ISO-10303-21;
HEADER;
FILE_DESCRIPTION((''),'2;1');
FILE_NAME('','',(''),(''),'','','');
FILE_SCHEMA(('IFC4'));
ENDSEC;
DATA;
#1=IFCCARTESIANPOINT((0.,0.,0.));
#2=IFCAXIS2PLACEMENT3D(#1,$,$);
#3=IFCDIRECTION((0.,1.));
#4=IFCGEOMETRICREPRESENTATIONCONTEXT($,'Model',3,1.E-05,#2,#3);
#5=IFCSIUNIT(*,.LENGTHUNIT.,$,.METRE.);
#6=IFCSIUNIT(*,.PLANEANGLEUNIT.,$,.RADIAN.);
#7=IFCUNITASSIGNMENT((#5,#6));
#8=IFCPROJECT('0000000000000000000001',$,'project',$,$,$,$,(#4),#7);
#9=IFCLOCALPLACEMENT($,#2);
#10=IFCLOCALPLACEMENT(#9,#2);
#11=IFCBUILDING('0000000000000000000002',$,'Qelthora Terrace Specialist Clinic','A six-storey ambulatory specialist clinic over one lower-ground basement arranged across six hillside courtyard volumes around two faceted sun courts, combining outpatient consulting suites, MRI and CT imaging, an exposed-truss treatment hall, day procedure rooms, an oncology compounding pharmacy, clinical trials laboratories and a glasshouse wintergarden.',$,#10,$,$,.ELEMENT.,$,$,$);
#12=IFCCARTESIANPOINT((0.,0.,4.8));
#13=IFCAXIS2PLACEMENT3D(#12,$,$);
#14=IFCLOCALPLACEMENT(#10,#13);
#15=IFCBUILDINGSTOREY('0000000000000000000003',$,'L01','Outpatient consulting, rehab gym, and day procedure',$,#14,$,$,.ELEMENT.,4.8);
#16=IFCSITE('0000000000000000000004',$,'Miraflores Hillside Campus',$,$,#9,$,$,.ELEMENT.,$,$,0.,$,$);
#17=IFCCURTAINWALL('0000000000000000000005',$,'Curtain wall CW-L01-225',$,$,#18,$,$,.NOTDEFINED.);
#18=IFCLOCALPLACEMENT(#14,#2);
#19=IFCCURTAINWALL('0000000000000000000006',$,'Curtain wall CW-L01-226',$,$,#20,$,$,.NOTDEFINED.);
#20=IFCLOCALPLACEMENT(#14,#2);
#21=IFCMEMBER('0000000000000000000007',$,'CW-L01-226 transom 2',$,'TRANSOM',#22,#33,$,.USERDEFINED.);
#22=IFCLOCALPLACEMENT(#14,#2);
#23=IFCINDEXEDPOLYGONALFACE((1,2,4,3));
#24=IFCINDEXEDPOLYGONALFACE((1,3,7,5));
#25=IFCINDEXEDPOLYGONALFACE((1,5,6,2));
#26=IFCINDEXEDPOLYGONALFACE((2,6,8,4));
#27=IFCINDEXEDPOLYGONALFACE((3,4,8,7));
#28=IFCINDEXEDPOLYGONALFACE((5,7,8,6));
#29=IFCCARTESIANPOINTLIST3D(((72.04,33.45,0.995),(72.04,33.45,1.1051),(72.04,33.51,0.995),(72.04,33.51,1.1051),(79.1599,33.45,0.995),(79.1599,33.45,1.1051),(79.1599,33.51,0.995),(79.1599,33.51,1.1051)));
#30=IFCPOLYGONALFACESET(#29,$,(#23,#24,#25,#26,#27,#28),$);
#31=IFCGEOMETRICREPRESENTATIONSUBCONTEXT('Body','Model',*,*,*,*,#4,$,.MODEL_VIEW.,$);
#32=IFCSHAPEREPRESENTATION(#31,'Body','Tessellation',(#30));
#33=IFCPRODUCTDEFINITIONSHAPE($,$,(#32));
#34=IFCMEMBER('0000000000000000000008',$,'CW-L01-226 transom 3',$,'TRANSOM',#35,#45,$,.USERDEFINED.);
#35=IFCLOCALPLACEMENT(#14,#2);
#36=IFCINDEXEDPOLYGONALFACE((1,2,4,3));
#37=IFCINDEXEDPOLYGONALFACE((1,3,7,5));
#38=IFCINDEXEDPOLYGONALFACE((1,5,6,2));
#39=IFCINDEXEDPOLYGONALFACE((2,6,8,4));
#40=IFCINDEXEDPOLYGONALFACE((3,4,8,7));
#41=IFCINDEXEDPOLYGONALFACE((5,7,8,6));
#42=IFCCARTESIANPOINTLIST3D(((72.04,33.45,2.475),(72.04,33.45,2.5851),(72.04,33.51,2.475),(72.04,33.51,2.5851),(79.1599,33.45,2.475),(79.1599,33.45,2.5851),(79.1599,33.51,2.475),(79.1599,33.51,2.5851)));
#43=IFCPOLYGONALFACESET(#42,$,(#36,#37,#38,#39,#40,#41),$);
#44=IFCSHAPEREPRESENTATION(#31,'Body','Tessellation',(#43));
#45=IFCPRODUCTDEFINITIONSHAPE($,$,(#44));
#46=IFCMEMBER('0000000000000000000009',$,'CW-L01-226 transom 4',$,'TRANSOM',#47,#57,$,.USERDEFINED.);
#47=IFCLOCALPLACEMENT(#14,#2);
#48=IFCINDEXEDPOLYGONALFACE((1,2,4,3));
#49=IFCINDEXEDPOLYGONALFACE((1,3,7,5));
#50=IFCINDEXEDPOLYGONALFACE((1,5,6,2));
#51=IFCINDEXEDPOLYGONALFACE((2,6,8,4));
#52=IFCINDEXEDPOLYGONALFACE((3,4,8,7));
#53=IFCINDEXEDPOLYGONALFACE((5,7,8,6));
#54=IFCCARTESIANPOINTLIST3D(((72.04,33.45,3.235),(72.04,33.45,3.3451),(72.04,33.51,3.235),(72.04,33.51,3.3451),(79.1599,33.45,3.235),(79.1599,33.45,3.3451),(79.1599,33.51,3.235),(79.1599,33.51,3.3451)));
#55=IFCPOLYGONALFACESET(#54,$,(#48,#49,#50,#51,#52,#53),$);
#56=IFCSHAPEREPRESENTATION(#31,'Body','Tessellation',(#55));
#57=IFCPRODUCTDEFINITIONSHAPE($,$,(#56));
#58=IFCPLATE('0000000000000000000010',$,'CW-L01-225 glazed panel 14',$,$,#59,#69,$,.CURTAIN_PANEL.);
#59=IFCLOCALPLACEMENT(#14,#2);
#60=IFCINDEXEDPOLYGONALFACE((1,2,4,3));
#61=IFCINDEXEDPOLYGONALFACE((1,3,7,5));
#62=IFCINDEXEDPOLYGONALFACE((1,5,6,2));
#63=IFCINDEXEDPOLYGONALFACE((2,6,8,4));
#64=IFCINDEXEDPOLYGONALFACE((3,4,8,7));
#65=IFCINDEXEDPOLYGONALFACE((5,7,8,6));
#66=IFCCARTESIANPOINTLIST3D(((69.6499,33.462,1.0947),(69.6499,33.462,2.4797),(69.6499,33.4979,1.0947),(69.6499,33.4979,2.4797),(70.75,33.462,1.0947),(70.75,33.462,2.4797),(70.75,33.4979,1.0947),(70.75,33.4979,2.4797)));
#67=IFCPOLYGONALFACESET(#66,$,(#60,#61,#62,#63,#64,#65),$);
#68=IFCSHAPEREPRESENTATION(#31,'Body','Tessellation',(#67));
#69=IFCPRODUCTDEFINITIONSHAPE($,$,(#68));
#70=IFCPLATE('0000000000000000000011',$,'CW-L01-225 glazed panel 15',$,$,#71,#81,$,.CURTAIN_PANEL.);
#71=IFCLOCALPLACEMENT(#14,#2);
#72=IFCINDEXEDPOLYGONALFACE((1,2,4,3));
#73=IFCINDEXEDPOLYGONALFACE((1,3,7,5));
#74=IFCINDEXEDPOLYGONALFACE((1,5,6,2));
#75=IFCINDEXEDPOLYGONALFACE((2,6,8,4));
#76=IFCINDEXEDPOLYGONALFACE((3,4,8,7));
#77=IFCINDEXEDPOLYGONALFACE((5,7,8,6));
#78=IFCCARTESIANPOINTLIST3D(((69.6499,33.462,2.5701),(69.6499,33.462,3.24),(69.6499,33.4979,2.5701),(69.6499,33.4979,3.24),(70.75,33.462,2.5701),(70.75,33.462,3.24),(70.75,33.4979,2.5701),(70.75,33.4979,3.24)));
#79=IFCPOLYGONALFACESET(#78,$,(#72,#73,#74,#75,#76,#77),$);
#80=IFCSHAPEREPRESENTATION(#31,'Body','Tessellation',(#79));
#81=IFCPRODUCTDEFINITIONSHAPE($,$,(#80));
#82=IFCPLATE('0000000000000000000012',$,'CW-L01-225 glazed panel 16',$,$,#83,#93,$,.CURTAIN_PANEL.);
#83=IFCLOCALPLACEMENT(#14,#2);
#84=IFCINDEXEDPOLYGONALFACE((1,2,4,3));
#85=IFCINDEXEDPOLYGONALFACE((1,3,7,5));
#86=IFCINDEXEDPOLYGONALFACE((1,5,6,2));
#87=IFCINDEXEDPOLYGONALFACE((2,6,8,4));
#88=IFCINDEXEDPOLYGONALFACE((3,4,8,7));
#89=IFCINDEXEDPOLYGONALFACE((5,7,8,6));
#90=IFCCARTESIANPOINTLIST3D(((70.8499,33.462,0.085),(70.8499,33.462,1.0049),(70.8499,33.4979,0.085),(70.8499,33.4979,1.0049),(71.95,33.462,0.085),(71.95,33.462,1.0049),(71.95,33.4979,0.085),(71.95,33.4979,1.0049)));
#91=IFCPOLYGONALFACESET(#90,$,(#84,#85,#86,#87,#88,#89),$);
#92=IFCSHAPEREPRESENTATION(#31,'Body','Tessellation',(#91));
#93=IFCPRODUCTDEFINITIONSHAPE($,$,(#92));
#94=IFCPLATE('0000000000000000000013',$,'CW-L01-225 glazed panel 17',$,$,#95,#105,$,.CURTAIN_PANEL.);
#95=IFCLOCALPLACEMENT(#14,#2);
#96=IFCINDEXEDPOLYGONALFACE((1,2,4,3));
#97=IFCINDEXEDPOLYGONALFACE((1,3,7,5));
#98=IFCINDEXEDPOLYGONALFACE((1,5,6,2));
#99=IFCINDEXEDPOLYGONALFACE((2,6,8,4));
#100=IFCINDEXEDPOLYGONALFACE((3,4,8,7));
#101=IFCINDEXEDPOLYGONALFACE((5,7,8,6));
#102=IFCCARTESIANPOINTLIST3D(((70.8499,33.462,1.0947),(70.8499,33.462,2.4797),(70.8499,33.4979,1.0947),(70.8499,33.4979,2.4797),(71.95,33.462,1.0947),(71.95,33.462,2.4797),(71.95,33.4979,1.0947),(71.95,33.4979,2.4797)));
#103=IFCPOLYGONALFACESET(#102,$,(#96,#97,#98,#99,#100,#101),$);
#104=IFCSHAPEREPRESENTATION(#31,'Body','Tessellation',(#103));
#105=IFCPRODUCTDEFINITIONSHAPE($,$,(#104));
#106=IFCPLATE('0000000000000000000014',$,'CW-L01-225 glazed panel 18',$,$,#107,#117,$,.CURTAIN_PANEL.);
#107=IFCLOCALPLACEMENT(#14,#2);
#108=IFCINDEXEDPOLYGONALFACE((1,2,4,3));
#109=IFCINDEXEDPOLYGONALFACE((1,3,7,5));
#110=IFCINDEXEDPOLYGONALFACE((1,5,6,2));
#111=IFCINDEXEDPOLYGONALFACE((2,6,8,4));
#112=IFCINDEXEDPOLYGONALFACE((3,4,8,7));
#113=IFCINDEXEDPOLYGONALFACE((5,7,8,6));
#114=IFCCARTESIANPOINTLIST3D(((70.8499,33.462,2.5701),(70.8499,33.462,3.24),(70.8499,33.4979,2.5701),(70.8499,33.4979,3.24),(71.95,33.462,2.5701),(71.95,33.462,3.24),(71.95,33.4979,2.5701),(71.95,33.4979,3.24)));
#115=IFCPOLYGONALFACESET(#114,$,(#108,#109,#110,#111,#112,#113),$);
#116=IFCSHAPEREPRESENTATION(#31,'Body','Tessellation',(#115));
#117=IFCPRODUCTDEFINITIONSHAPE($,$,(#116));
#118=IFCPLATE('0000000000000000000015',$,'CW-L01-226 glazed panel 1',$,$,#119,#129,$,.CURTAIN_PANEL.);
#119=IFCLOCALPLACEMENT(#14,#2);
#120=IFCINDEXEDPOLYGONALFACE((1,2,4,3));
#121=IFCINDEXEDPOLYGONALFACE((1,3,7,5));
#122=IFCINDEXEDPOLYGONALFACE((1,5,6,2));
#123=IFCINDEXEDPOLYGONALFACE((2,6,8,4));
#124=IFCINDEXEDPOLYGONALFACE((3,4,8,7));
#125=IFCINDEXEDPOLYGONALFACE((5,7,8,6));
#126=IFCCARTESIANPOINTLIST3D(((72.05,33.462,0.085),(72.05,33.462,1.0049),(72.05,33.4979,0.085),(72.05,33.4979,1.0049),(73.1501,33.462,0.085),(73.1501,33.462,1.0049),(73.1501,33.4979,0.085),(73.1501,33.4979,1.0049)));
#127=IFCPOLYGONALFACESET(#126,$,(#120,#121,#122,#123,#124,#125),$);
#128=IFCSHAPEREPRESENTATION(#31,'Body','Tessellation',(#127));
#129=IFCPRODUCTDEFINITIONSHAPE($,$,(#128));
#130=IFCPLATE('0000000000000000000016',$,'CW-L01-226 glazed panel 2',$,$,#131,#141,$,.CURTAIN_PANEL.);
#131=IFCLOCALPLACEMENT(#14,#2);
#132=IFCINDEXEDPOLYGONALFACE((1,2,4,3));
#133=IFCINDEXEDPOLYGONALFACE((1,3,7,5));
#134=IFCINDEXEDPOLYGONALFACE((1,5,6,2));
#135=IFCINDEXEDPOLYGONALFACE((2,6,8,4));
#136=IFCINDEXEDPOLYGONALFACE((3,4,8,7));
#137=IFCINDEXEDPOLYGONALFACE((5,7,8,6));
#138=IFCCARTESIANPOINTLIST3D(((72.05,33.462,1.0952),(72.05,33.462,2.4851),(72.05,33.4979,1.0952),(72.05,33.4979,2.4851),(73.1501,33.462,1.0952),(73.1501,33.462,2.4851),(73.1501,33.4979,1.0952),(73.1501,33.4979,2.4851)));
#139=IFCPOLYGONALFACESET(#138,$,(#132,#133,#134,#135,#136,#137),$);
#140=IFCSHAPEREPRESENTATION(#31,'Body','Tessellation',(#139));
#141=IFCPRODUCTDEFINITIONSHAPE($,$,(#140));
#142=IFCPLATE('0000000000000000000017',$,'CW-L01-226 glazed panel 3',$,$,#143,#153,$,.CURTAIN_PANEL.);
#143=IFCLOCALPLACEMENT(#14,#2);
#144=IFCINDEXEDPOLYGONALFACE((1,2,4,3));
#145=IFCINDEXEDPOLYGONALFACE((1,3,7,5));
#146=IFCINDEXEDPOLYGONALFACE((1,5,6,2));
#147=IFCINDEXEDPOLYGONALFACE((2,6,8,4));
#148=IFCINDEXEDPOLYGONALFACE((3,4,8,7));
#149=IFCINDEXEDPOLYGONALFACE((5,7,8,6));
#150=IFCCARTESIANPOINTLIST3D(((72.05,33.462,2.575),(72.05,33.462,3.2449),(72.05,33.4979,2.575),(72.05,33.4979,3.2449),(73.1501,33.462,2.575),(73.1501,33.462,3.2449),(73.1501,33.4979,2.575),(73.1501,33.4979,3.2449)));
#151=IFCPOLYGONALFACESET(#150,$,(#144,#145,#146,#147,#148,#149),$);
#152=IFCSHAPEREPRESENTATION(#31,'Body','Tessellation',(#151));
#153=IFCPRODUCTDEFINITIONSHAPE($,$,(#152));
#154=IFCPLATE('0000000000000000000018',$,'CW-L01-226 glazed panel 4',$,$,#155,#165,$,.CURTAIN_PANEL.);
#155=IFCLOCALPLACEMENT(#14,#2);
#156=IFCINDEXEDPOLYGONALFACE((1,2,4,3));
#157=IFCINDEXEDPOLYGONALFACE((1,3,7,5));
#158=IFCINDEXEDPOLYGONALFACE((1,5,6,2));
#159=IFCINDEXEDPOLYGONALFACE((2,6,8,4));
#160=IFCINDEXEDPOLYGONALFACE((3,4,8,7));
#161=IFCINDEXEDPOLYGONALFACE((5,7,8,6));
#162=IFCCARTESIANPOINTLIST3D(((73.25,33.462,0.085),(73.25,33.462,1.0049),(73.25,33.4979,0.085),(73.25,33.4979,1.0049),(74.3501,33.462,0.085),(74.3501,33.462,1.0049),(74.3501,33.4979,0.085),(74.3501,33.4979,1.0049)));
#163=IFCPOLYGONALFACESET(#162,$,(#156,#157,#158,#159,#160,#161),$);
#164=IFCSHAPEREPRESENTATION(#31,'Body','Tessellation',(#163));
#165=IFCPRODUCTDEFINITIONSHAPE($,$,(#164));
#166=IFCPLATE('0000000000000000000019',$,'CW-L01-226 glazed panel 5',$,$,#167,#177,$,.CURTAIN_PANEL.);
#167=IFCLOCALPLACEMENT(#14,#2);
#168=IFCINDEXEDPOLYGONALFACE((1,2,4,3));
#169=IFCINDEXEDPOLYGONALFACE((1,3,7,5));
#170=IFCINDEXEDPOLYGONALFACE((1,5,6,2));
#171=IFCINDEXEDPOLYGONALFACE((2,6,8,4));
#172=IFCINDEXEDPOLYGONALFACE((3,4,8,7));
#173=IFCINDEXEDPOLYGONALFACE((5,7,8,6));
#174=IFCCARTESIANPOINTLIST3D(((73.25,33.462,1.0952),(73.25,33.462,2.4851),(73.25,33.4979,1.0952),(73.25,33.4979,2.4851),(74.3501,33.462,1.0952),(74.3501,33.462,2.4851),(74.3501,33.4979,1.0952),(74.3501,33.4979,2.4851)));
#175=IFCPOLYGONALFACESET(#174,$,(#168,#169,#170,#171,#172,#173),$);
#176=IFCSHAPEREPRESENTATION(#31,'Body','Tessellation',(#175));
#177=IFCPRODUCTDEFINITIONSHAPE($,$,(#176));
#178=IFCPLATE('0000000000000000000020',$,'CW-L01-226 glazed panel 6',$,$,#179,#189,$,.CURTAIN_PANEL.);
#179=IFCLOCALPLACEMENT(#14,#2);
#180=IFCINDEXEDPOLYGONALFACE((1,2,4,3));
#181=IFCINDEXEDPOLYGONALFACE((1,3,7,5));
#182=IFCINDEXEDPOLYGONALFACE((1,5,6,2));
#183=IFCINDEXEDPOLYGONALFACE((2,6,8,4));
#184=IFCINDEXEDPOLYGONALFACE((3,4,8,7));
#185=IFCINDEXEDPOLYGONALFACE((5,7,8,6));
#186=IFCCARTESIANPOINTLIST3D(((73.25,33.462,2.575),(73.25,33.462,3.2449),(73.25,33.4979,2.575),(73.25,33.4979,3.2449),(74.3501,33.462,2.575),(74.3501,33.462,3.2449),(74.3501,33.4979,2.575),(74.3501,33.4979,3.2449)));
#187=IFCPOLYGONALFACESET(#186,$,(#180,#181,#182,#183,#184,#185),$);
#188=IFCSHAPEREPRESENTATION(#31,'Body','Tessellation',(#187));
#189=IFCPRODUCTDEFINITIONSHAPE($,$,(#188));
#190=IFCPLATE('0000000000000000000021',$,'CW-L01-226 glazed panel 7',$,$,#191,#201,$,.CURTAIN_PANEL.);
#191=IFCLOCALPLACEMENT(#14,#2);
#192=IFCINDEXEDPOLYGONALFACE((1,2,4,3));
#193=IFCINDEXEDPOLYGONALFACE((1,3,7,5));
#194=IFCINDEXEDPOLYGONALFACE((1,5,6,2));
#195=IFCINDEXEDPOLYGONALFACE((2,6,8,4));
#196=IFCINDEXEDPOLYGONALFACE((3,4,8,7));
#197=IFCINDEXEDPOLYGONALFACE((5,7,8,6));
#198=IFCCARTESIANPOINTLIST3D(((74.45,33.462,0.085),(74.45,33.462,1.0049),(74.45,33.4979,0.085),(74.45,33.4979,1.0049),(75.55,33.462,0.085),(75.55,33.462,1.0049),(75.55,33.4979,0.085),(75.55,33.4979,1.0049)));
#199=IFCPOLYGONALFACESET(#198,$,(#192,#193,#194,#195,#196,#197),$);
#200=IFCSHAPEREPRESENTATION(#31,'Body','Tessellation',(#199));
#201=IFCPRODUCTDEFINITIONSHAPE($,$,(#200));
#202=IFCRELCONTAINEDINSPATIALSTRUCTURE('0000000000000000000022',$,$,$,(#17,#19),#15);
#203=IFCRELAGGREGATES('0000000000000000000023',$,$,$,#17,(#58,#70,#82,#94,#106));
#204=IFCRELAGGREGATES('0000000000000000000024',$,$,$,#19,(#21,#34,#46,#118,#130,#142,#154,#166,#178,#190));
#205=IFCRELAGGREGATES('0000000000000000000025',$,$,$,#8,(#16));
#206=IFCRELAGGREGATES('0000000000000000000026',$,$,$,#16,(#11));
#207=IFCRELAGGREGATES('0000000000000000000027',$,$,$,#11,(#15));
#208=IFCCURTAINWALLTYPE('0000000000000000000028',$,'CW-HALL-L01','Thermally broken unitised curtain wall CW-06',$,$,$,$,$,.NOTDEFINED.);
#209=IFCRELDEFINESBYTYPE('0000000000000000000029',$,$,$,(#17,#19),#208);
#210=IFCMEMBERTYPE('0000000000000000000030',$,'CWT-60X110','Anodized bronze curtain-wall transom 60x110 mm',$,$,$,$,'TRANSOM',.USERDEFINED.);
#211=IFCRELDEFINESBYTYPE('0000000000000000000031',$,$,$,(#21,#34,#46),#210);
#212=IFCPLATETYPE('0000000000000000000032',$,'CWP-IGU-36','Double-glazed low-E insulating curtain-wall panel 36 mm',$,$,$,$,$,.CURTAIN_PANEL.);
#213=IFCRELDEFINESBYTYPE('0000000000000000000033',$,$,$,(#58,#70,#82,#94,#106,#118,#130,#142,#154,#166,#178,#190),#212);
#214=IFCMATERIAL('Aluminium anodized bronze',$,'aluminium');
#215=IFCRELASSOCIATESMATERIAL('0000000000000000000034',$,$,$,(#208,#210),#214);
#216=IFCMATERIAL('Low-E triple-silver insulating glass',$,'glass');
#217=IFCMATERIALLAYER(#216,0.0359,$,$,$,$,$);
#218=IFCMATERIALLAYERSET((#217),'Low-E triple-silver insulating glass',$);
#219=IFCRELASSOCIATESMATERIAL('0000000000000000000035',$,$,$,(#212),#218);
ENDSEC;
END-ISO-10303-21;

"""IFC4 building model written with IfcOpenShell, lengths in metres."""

from ifc_helpers import new_model, si_unit, direction, frame, origin, origin_2d, place, context, subcontext, project, spatial, rectangle, extrude, material, layer, layer_set, material_profile, profile_set, type_object, element, aggregate, save


model = new_model("IFC4")

# Units and contexts
model_context = context("Model", 3, precision=1e-05, world=origin(), true_north=direction((0.0, 1.0)))
body_context = subcontext(model_context, "Body", "Model", "MODEL_VIEW")
ifc_project = project(units=[si_unit("LENGTHUNIT", "METRE"), si_unit("PLANEANGLEUNIT", "RADIAN")], contexts=[model_context])

# Site, building, storey
site_placement = place(None, origin())
site = spatial("IfcSite", under=ifc_project, at=site_placement, Name="Miraflores Hillside Campus", CompositionType="ELEMENT", RefElevation=0.0)
building_placement = place(site_placement, origin())
building = spatial("IfcBuilding", under=site, at=building_placement, Name="Qelthora Terrace Specialist Clinic", Description="A six-storey ambulatory specialist clinic over one lower-ground basement arranged across six hillside courtyard volumes around two faceted sun courts, combining outpatient consulting suites, MRI and CT imaging, an exposed-truss treatment hall, day procedure rooms, an oncology compounding pharmacy, clinical trials laboratories and a glasshouse wintergarden.", CompositionType="ELEMENT")
storey_placement = place(building_placement, frame((0.0, 0.0, 4.8)))
storey = spatial("IfcBuildingStorey", under=building, at=storey_placement, Name="L01", Description="Outpatient consulting, rehab gym, and day procedure", CompositionType="ELEMENT", Elevation=4.8)

# Curtain walls, members
ifc_material_1 = material(Name="Aluminium anodized bronze", Category="aluminium")
curtain_wall_type = type_object("IfcCurtainWallType", Name="CW-HALL-L01", Description="Thermally broken unitised curtain wall CW-06", PredefinedType="NOTDEFINED", material=ifc_material_1)
curtain_wall_1_placement = place(storey_placement, origin())
curtain_wall_1 = element("IfcCurtainWall", 1, at=curtain_wall_1_placement, inside=storey, type_object=curtain_wall_type, Name="Curtain wall CW-L01-225", PredefinedType="NOTDEFINED")
curtain_wall_2_placement = place(storey_placement, origin())
curtain_wall_2 = element("IfcCurtainWall", 2, at=curtain_wall_2_placement, inside=storey, type_object=curtain_wall_type, Name="Curtain wall CW-L01-226", PredefinedType="NOTDEFINED")
ifc_material_profile_1 = material_profile(ifc_material_1, rectangle(XDim=0.0601, YDim=0.1101, at=origin_2d()), Name="CWT60X110")
ifc_profile_set_1 = profile_set([ifc_material_profile_1], Name="Aluminium anodized bronze")
member_type_1 = type_object("IfcMemberType", Name="CWT-60X110", Description="Anodized bronze curtain-wall transom 60x110 mm", ElementType="TRANSOM", PredefinedType="USERDEFINED", material=ifc_profile_set_1)
member_1_placement = place(storey_placement, frame((72.04, 33.48, 1.05), z_axis=(1.0, 0.0, 0.0), x_axis=(0.0, 1.0, 0.0)))
member_1 = element("IfcMember", 3, at=member_1_placement, type_object=member_type_1, Name="CW-L01-226 transom 2", ObjectType="TRANSOM", PredefinedType="USERDEFINED", context=body_context, shape_type="SweptSolid", body=[
    extrude(rectangle(XDim=0.0601, YDim=0.1101, at=origin_2d()), origin(), (0.0, 0.0, 1.0), 7.1199),
])
member_2_placement = place(storey_placement, frame((72.04, 33.48, 2.53), z_axis=(1.0, 0.0, 0.0), x_axis=(0.0, 1.0, 0.0)))
member_2 = element("IfcMember", 4, at=member_2_placement, type_object=member_type_1, Name="CW-L01-226 transom 3", ObjectType="TRANSOM", PredefinedType="USERDEFINED", context=body_context, shape_type="SweptSolid", body=[
    extrude(rectangle(XDim=0.0601, YDim=0.1101, at=origin_2d()), origin(), (0.0, 0.0, 1.0), 7.1199),
])
member_3_placement = place(storey_placement, frame((72.04, 33.48, 3.29), z_axis=(1.0, 0.0, 0.0), x_axis=(0.0, 1.0, 0.0)))
member_3 = element("IfcMember", 5, at=member_3_placement, type_object=member_type_1, Name="CW-L01-226 transom 4", ObjectType="TRANSOM", PredefinedType="USERDEFINED", context=body_context, shape_type="SweptSolid", body=[
    extrude(rectangle(XDim=0.0601, YDim=0.1101, at=origin_2d()), origin(), (0.0, 0.0, 1.0), 7.1199),
])

# Plates
ifc_material_2 = material(Name="Low-E triple-silver insulating glass", Category="glass")
ifc_layer = layer(ifc_material_2, 0.0359)
ifc_layer_set = layer_set([ifc_layer], Name="Low-E triple-silver insulating glass")
plate_type = type_object("IfcPlateType", Name="CWP-IGU-36", Description="Double-glazed low-E insulating curtain-wall panel 36 mm", PredefinedType="CURTAIN_PANEL", material=ifc_layer_set)
plate_1_placement = place(storey_placement, frame((70.2, 33.48, 1.0947), z_axis=(0.0, 0.0, 1.0), x_axis=(1.0, 0.0, 0.0)))
plate_1 = element("IfcPlate", 6, at=plate_1_placement, type_object=plate_type, Name="CW-L01-225 glazed panel 14", PredefinedType="CURTAIN_PANEL", context=body_context, shape_type="SweptSolid", body=[
    extrude(rectangle(XDim=1.1001, YDim=0.0359, at=origin_2d()), origin(), (0.0, 0.0, 1.0), 1.385),
])
plate_2_placement = place(storey_placement, frame((70.2, 33.48, 2.5701), z_axis=(0.0, 0.0, 1.0), x_axis=(1.0, 0.0, 0.0)))
plate_2 = element("IfcPlate", 7, at=plate_2_placement, type_object=plate_type, Name="CW-L01-225 glazed panel 15", PredefinedType="CURTAIN_PANEL", context=body_context, shape_type="SweptSolid", body=[
    extrude(rectangle(XDim=1.1001, YDim=0.0359, at=origin_2d()), origin(), (0.0, 0.0, 1.0), 0.6699),
])
plate_3_placement = place(storey_placement, frame((71.3999, 33.48, 0.085), z_axis=(0.0, 0.0, 1.0), x_axis=(1.0, 0.0, 0.0)))
plate_3 = element("IfcPlate", 8, at=plate_3_placement, type_object=plate_type, Name="CW-L01-225 glazed panel 16", PredefinedType="CURTAIN_PANEL", context=body_context, shape_type="SweptSolid", body=[
    extrude(rectangle(XDim=1.1001, YDim=0.0359, at=origin_2d()), origin(), (0.0, 0.0, 1.0), 0.9199),
])
plate_4_placement = place(storey_placement, frame((71.3999, 33.48, 1.0947), z_axis=(0.0, 0.0, 1.0), x_axis=(1.0, 0.0, 0.0)))
plate_4 = element("IfcPlate", 9, at=plate_4_placement, type_object=plate_type, Name="CW-L01-225 glazed panel 17", PredefinedType="CURTAIN_PANEL", context=body_context, shape_type="SweptSolid", body=[
    extrude(rectangle(XDim=1.1001, YDim=0.0359, at=origin_2d()), origin(), (0.0, 0.0, 1.0), 1.385),
])
plate_5_placement = place(storey_placement, frame((71.3999, 33.48, 2.5701), z_axis=(0.0, 0.0, 1.0), x_axis=(1.0, 0.0, 0.0)))
plate_5 = element("IfcPlate", 10, at=plate_5_placement, type_object=plate_type, Name="CW-L01-225 glazed panel 18", PredefinedType="CURTAIN_PANEL", context=body_context, shape_type="SweptSolid", body=[
    extrude(rectangle(XDim=1.1001, YDim=0.0359, at=origin_2d()), origin(), (0.0, 0.0, 1.0), 0.6699),
])
aggregate(curtain_wall_1, [plate_1, plate_2, plate_3, plate_4, plate_5])
plate_6_placement = place(storey_placement, frame((72.6001, 33.48, 0.085), z_axis=(0.0, 0.0, 1.0), x_axis=(1.0, 0.0, 0.0)))
plate_6 = element("IfcPlate", 11, at=plate_6_placement, type_object=plate_type, Name="CW-L01-226 glazed panel 1", PredefinedType="CURTAIN_PANEL", context=body_context, shape_type="SweptSolid", body=[
    extrude(rectangle(XDim=1.1001, YDim=0.0359, at=origin_2d()), origin(), (0.0, 0.0, 1.0), 0.9199),
])
plate_7_placement = place(storey_placement, frame((72.6001, 33.48, 1.0952), z_axis=(0.0, 0.0, 1.0), x_axis=(1.0, 0.0, 0.0)))
plate_7 = element("IfcPlate", 12, at=plate_7_placement, type_object=plate_type, Name="CW-L01-226 glazed panel 2", PredefinedType="CURTAIN_PANEL", context=body_context, shape_type="SweptSolid", body=[
    extrude(rectangle(XDim=1.1001, YDim=0.0359, at=origin_2d()), origin(), (0.0, 0.0, 1.0), 1.3899),
])
plate_8_placement = place(storey_placement, frame((72.6001, 33.48, 2.575), z_axis=(0.0, 0.0, 1.0), x_axis=(1.0, 0.0, 0.0)))
plate_8 = element("IfcPlate", 13, at=plate_8_placement, type_object=plate_type, Name="CW-L01-226 glazed panel 3", PredefinedType="CURTAIN_PANEL", context=body_context, shape_type="SweptSolid", body=[
    extrude(rectangle(XDim=1.1001, YDim=0.0359, at=origin_2d()), origin(), (0.0, 0.0, 1.0), 0.6699),
])
plate_9_placement = place(storey_placement, frame((73.8, 33.48, 0.085), z_axis=(0.0, 0.0, 1.0), x_axis=(1.0, 0.0, 0.0)))
plate_9 = element("IfcPlate", 14, at=plate_9_placement, type_object=plate_type, Name="CW-L01-226 glazed panel 4", PredefinedType="CURTAIN_PANEL", context=body_context, shape_type="SweptSolid", body=[
    extrude(rectangle(XDim=1.1001, YDim=0.0359, at=origin_2d()), origin(), (0.0, 0.0, 1.0), 0.9199),
])
plate_10_placement = place(storey_placement, frame((73.8, 33.48, 1.0952), z_axis=(0.0, 0.0, 1.0), x_axis=(1.0, 0.0, 0.0)))
plate_10 = element("IfcPlate", 15, at=plate_10_placement, type_object=plate_type, Name="CW-L01-226 glazed panel 5", PredefinedType="CURTAIN_PANEL", context=body_context, shape_type="SweptSolid", body=[
    extrude(rectangle(XDim=1.1001, YDim=0.0359, at=origin_2d()), origin(), (0.0, 0.0, 1.0), 1.3899),
])
plate_11_placement = place(storey_placement, frame((73.8, 33.48, 2.575), z_axis=(0.0, 0.0, 1.0), x_axis=(1.0, 0.0, 0.0)))
plate_11 = element("IfcPlate", 16, at=plate_11_placement, type_object=plate_type, Name="CW-L01-226 glazed panel 6", PredefinedType="CURTAIN_PANEL", context=body_context, shape_type="SweptSolid", body=[
    extrude(rectangle(XDim=1.1001, YDim=0.0359, at=origin_2d()), origin(), (0.0, 0.0, 1.0), 0.6699),
])
plate_12_placement = place(storey_placement, frame((75.0, 33.48, 0.085), z_axis=(0.0, 0.0, 1.0), x_axis=(1.0, 0.0, 0.0)))
plate_12 = element("IfcPlate", 17, at=plate_12_placement, type_object=plate_type, Name="CW-L01-226 glazed panel 7", PredefinedType="CURTAIN_PANEL", context=body_context, shape_type="SweptSolid", body=[
    extrude(rectangle(XDim=1.1001, YDim=0.0359, at=origin_2d()), origin(), (0.0, 0.0, 1.0), 0.9199),
])
aggregate(curtain_wall_2, [member_1, member_2, member_3, plate_6, plate_7, plate_8, plate_9, plate_10, plate_11, plate_12])

save(model, "model.ifc")
